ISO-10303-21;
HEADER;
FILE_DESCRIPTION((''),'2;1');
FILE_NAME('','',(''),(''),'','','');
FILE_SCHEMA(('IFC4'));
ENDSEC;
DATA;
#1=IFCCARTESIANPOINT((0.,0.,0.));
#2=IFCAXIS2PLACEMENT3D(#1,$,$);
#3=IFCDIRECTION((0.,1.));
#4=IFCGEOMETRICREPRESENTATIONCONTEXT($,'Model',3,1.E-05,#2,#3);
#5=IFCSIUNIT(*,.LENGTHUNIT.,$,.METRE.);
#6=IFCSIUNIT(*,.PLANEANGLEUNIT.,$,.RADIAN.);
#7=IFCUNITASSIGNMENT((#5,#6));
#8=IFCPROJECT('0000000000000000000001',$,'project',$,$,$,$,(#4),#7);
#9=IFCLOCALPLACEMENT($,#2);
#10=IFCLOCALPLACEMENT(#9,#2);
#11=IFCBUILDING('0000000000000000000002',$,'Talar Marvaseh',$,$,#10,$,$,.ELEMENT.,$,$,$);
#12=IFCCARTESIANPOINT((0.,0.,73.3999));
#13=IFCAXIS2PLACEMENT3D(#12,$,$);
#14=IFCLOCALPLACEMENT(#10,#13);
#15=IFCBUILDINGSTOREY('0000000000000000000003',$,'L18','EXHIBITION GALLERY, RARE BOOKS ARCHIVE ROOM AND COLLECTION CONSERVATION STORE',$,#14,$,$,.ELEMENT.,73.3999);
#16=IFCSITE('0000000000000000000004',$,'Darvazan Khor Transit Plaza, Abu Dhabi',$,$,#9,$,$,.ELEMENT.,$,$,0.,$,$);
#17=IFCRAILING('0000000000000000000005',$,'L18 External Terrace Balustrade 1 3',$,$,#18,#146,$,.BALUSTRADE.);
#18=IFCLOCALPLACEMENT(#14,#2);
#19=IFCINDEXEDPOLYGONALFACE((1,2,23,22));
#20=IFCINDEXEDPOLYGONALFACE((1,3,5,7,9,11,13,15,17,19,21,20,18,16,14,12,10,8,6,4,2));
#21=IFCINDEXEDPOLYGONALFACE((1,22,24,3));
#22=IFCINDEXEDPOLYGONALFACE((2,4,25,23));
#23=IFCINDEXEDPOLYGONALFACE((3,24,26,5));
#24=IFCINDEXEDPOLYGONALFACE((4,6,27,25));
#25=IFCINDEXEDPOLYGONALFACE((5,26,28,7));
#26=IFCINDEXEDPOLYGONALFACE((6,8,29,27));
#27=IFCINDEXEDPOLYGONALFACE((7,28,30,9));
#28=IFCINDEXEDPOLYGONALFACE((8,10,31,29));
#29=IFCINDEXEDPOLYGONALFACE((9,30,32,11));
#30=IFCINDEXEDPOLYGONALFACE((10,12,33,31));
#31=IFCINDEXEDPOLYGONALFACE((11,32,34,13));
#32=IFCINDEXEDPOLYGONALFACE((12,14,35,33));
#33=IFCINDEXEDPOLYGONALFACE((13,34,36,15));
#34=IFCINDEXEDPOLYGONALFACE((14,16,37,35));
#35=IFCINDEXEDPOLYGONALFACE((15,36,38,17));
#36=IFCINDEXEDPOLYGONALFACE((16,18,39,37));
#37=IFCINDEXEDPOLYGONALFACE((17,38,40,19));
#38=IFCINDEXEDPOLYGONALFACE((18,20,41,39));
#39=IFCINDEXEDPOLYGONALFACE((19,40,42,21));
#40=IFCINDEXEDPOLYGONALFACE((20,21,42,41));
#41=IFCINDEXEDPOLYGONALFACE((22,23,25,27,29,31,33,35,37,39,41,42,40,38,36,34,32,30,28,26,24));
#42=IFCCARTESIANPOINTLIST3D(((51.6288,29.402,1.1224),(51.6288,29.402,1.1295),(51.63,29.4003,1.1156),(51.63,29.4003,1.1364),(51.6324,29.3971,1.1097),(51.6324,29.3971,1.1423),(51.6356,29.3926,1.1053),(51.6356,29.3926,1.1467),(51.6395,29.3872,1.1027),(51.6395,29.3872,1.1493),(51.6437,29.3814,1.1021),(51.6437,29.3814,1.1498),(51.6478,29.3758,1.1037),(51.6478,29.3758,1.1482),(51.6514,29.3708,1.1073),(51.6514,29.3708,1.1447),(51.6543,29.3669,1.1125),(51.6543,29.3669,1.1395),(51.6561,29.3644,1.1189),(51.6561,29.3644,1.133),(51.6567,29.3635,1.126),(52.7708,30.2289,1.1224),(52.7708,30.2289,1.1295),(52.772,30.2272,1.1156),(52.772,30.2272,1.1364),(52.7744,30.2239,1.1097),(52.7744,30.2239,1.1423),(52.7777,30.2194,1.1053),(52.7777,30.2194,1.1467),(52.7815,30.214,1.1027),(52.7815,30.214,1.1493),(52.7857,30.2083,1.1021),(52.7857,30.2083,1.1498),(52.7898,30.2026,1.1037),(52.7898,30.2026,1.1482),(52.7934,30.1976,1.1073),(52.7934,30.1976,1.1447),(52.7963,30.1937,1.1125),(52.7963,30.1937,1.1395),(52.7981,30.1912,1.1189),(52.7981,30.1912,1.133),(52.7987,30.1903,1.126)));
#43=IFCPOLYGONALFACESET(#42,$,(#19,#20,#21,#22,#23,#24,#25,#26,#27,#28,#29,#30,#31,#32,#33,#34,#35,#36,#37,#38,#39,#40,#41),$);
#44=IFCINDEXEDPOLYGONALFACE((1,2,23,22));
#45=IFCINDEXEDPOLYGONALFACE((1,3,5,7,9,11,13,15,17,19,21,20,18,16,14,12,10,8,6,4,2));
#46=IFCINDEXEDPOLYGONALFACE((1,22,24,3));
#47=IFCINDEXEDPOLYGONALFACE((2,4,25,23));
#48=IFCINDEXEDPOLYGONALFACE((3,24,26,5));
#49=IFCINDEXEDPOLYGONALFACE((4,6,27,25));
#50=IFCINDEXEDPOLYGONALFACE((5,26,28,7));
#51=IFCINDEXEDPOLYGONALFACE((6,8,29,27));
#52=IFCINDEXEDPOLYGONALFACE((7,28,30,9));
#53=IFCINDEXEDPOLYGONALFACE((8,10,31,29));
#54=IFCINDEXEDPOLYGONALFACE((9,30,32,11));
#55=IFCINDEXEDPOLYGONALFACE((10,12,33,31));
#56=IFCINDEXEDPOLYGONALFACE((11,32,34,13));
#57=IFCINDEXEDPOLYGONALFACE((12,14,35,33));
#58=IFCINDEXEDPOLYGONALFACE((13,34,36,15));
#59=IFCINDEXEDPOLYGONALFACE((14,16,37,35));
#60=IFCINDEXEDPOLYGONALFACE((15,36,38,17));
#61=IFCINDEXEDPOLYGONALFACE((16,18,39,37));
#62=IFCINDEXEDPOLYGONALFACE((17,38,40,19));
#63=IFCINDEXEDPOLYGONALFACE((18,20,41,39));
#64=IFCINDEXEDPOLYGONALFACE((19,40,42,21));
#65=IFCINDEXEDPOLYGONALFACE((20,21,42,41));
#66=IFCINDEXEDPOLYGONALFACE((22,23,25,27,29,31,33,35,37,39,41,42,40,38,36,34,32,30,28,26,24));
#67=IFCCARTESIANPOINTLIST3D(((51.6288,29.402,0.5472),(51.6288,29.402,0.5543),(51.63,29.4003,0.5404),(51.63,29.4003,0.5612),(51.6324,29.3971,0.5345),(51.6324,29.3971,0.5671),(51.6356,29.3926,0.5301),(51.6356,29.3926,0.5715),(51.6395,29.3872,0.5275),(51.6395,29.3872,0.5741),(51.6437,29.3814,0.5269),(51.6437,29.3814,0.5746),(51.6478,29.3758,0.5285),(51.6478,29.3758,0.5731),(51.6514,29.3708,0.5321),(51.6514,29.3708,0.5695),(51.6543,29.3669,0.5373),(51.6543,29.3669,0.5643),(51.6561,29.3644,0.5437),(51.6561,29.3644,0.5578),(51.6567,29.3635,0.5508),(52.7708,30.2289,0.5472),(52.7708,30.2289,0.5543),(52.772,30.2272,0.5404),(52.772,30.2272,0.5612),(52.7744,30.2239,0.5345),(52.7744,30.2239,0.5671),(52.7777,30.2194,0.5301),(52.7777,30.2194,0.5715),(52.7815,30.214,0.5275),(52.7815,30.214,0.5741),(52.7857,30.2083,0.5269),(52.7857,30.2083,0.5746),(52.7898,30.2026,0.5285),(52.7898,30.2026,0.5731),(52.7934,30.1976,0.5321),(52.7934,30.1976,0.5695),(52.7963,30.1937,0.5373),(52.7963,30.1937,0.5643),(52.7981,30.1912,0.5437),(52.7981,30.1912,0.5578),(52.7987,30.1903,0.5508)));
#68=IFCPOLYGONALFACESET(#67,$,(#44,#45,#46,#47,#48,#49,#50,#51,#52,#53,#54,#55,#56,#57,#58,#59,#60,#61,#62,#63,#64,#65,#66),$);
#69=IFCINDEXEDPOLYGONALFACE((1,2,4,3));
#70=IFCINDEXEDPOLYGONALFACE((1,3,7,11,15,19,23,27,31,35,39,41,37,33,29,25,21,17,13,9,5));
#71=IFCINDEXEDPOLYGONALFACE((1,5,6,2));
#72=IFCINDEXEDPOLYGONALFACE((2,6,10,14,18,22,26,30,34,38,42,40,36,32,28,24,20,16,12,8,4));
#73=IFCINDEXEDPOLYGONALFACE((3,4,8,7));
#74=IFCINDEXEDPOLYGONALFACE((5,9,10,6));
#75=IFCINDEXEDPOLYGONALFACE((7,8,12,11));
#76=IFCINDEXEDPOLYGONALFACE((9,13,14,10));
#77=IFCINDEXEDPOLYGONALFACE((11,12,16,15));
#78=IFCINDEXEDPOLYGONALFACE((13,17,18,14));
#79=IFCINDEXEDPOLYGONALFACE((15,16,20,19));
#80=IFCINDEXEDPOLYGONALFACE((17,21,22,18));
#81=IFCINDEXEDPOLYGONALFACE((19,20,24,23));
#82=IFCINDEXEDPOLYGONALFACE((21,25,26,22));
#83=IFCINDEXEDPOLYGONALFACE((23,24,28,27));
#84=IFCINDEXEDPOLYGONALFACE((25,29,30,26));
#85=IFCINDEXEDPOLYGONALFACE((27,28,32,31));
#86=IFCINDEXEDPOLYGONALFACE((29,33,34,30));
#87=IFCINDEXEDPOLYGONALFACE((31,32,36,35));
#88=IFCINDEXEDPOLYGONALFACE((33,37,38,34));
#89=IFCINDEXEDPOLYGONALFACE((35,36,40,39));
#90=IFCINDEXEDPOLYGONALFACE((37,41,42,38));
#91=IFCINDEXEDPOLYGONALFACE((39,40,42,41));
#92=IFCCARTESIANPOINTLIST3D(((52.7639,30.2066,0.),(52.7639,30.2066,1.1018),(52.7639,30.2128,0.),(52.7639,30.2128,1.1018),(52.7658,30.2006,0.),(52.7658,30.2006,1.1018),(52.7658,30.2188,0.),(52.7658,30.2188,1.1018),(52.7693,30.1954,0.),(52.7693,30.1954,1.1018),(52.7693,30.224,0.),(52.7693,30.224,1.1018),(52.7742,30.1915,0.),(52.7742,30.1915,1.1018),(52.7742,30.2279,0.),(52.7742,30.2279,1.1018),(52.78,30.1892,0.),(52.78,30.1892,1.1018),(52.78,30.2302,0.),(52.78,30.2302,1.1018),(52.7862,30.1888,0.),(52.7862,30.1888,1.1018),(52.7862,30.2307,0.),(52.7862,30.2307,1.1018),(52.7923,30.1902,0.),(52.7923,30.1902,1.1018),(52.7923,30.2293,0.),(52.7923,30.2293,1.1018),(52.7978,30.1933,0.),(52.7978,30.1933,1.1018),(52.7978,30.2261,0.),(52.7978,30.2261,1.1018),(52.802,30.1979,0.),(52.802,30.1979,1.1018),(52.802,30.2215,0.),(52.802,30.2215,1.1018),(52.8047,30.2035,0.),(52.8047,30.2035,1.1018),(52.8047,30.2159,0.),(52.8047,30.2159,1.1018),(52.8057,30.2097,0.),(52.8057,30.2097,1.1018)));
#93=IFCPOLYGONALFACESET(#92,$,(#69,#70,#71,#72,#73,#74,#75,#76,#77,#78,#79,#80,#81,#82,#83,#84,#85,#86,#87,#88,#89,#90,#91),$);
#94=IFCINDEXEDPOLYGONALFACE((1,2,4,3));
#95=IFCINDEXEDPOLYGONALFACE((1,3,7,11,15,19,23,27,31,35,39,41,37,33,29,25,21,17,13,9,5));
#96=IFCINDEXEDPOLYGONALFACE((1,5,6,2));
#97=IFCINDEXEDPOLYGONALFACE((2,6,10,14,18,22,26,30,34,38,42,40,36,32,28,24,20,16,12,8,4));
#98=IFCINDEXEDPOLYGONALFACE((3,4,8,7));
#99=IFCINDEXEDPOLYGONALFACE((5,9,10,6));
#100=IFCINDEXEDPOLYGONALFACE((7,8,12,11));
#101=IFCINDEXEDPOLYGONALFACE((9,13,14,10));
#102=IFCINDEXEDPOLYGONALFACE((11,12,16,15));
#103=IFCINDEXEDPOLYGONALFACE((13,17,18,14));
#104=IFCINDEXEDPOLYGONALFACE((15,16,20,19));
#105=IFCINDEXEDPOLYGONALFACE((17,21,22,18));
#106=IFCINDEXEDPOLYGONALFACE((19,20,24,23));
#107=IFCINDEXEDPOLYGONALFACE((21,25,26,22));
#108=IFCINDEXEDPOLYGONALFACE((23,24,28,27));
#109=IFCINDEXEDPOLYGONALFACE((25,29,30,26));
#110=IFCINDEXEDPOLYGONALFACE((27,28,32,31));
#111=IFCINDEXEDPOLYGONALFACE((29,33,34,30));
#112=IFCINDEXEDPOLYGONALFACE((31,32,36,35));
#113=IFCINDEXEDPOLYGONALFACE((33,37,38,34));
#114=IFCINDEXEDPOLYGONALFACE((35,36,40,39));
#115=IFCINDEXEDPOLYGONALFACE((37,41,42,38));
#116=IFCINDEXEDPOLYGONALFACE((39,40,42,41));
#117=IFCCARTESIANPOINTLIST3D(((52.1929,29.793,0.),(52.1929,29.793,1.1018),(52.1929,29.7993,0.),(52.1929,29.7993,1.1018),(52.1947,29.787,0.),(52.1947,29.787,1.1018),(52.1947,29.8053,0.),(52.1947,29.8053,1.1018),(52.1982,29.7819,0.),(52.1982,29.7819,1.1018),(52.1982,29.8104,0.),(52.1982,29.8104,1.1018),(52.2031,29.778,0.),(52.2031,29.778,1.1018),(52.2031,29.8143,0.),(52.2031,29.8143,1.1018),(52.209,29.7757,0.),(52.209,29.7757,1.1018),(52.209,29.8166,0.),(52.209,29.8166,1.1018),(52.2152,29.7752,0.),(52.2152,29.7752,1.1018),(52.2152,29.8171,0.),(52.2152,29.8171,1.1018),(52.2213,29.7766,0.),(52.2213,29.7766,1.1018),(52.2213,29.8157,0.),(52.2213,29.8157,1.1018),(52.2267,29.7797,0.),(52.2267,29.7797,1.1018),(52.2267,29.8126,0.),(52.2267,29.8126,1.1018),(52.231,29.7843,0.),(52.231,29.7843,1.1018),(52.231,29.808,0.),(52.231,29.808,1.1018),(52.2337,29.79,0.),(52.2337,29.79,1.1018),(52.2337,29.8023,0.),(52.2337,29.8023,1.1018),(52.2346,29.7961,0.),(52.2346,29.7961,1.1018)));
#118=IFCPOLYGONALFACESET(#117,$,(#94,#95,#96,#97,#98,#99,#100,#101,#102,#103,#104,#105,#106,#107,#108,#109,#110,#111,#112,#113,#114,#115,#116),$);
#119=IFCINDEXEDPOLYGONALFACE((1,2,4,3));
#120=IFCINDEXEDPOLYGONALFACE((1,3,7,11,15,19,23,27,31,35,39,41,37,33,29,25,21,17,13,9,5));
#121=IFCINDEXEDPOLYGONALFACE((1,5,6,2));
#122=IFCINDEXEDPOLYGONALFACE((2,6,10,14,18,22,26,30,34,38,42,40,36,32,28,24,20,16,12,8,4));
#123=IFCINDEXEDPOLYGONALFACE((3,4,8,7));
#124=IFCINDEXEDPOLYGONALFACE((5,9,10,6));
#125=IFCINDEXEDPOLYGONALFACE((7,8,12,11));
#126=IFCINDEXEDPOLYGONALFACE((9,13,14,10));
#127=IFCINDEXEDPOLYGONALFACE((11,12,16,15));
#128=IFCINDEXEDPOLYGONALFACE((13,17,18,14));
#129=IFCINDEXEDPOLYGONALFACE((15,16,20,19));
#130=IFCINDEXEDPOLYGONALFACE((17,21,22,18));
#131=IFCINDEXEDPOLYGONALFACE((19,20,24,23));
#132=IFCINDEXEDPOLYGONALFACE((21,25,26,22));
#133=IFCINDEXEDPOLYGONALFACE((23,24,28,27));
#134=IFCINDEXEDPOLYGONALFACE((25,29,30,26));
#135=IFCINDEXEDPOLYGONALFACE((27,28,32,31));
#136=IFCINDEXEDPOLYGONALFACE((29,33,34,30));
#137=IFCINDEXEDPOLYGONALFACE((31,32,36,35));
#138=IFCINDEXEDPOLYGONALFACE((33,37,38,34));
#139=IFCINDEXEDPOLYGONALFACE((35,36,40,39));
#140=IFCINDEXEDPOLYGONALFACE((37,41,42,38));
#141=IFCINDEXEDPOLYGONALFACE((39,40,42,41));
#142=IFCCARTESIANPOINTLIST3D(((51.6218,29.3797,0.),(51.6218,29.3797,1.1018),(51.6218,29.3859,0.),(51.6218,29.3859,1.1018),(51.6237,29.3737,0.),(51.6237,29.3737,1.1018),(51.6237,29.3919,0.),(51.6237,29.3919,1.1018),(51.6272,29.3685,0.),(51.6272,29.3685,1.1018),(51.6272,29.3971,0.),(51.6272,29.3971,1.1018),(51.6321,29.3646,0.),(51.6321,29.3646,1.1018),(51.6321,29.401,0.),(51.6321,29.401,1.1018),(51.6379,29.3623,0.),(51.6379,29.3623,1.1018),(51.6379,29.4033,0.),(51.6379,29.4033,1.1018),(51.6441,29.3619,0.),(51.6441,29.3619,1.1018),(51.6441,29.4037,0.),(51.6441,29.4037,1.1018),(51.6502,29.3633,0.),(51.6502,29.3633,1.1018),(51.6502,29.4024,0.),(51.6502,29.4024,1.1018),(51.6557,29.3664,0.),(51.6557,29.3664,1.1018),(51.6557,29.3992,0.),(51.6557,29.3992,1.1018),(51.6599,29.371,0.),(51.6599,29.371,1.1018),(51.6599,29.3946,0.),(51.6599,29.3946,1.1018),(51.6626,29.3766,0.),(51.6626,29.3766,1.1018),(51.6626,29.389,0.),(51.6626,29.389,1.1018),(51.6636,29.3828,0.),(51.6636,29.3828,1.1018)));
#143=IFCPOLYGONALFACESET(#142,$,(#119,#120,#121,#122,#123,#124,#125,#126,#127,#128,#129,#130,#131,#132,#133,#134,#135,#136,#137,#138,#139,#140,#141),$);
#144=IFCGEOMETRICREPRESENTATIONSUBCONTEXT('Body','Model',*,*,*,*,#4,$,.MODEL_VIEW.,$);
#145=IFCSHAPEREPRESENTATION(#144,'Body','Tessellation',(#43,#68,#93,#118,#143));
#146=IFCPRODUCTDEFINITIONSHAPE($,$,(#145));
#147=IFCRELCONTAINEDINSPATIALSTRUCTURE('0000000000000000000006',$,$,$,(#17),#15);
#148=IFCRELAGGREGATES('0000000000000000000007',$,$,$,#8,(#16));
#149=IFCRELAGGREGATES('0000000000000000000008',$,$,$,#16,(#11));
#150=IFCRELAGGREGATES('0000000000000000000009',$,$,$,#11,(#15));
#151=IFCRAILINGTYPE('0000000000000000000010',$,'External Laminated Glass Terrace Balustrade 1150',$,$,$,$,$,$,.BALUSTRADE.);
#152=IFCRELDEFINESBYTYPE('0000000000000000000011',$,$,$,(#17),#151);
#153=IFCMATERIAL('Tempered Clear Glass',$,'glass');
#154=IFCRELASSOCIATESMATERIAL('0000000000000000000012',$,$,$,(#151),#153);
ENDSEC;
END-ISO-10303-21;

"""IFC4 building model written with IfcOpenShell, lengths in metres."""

from ifc_helpers import new_model, si_unit, direction, frame, origin, origin_2d, place, context, subcontext, project, spatial, circle, extrude, material, type_object, element, save


model = new_model("IFC4")

# Units and contexts
model_context = context("Model", 3, precision=1e-05, world=origin(), true_north=direction((0.0, 1.0)))
body_context = subcontext(model_context, "Body", "Model", "MODEL_VIEW")
ifc_project = project(units=[si_unit("LENGTHUNIT", "METRE"), si_unit("PLANEANGLEUNIT", "RADIAN")], contexts=[model_context])

# Site, building, storey
site_placement = place(None, origin())
site = spatial("IfcSite", under=ifc_project, at=site_placement, Name="Darvazan Khor Transit Plaza, Abu Dhabi", CompositionType="ELEMENT", RefElevation=0.0)
building_placement = place(site_placement, origin())
building = spatial("IfcBuilding", under=site, at=building_placement, Name="Talar Marvaseh", CompositionType="ELEMENT")
storey_placement = place(building_placement, frame((0.0, 0.0, 73.3999)))
storey = spatial("IfcBuildingStorey", under=building, at=storey_placement, Name="L18", Description="EXHIBITION GALLERY, RARE BOOKS ARCHIVE ROOM AND COLLECTION CONSERVATION STORE", CompositionType="ELEMENT", Elevation=73.3999)

# Railing
ifc_material_1 = material(Name="Tempered Clear Glass", Category="glass")
railing_type = type_object("IfcRailingType", Name="External Laminated Glass Terrace Balustrade 1150", PredefinedType="BALUSTRADE", material=ifc_material_1)
railing_1_placement = place(storey_placement, frame((52.7847, 30.2097, 0.0)))
element("IfcRailing", 1, at=railing_1_placement, inside=storey, type_object=railing_type, Name="L18 External Terrace Balustrade 1 3", PredefinedType="BALUSTRADE", context=body_context, shape_type="SweptSolid", body=[
    extrude(circle(Radius=0.0239, at=origin_2d()), frame((0.0, 0.0, 1.126), z_axis=(-0.809985, -0.586451, 0.0), x_axis=(0.586451, -0.809985, 0.0)), (0.0, 0.0, 1.0), 1.4099),
    extrude(circle(Radius=0.0239, at=origin_2d()), frame((0.0, 0.0, 0.5508), z_axis=(-0.809985, -0.586451, 0.0), x_axis=(0.586451, -0.809985, 0.0)), (0.0, 0.0, 1.0), 1.4099),
    extrude(circle(Radius=0.021, at=origin_2d()), origin(), (0.0, 0.0, 1.0), 1.1018),
    extrude(circle(Radius=0.021, at=origin_2d()), frame((-0.571, -0.4136, 0.0)), (0.0, 0.0, 1.0), 1.1018),
    extrude(circle(Radius=0.021, at=origin_2d()), frame((-1.1421, -0.8269, 0.0)), (0.0, 0.0, 1.0), 1.1018),
])

save(model, "model.ifc")
